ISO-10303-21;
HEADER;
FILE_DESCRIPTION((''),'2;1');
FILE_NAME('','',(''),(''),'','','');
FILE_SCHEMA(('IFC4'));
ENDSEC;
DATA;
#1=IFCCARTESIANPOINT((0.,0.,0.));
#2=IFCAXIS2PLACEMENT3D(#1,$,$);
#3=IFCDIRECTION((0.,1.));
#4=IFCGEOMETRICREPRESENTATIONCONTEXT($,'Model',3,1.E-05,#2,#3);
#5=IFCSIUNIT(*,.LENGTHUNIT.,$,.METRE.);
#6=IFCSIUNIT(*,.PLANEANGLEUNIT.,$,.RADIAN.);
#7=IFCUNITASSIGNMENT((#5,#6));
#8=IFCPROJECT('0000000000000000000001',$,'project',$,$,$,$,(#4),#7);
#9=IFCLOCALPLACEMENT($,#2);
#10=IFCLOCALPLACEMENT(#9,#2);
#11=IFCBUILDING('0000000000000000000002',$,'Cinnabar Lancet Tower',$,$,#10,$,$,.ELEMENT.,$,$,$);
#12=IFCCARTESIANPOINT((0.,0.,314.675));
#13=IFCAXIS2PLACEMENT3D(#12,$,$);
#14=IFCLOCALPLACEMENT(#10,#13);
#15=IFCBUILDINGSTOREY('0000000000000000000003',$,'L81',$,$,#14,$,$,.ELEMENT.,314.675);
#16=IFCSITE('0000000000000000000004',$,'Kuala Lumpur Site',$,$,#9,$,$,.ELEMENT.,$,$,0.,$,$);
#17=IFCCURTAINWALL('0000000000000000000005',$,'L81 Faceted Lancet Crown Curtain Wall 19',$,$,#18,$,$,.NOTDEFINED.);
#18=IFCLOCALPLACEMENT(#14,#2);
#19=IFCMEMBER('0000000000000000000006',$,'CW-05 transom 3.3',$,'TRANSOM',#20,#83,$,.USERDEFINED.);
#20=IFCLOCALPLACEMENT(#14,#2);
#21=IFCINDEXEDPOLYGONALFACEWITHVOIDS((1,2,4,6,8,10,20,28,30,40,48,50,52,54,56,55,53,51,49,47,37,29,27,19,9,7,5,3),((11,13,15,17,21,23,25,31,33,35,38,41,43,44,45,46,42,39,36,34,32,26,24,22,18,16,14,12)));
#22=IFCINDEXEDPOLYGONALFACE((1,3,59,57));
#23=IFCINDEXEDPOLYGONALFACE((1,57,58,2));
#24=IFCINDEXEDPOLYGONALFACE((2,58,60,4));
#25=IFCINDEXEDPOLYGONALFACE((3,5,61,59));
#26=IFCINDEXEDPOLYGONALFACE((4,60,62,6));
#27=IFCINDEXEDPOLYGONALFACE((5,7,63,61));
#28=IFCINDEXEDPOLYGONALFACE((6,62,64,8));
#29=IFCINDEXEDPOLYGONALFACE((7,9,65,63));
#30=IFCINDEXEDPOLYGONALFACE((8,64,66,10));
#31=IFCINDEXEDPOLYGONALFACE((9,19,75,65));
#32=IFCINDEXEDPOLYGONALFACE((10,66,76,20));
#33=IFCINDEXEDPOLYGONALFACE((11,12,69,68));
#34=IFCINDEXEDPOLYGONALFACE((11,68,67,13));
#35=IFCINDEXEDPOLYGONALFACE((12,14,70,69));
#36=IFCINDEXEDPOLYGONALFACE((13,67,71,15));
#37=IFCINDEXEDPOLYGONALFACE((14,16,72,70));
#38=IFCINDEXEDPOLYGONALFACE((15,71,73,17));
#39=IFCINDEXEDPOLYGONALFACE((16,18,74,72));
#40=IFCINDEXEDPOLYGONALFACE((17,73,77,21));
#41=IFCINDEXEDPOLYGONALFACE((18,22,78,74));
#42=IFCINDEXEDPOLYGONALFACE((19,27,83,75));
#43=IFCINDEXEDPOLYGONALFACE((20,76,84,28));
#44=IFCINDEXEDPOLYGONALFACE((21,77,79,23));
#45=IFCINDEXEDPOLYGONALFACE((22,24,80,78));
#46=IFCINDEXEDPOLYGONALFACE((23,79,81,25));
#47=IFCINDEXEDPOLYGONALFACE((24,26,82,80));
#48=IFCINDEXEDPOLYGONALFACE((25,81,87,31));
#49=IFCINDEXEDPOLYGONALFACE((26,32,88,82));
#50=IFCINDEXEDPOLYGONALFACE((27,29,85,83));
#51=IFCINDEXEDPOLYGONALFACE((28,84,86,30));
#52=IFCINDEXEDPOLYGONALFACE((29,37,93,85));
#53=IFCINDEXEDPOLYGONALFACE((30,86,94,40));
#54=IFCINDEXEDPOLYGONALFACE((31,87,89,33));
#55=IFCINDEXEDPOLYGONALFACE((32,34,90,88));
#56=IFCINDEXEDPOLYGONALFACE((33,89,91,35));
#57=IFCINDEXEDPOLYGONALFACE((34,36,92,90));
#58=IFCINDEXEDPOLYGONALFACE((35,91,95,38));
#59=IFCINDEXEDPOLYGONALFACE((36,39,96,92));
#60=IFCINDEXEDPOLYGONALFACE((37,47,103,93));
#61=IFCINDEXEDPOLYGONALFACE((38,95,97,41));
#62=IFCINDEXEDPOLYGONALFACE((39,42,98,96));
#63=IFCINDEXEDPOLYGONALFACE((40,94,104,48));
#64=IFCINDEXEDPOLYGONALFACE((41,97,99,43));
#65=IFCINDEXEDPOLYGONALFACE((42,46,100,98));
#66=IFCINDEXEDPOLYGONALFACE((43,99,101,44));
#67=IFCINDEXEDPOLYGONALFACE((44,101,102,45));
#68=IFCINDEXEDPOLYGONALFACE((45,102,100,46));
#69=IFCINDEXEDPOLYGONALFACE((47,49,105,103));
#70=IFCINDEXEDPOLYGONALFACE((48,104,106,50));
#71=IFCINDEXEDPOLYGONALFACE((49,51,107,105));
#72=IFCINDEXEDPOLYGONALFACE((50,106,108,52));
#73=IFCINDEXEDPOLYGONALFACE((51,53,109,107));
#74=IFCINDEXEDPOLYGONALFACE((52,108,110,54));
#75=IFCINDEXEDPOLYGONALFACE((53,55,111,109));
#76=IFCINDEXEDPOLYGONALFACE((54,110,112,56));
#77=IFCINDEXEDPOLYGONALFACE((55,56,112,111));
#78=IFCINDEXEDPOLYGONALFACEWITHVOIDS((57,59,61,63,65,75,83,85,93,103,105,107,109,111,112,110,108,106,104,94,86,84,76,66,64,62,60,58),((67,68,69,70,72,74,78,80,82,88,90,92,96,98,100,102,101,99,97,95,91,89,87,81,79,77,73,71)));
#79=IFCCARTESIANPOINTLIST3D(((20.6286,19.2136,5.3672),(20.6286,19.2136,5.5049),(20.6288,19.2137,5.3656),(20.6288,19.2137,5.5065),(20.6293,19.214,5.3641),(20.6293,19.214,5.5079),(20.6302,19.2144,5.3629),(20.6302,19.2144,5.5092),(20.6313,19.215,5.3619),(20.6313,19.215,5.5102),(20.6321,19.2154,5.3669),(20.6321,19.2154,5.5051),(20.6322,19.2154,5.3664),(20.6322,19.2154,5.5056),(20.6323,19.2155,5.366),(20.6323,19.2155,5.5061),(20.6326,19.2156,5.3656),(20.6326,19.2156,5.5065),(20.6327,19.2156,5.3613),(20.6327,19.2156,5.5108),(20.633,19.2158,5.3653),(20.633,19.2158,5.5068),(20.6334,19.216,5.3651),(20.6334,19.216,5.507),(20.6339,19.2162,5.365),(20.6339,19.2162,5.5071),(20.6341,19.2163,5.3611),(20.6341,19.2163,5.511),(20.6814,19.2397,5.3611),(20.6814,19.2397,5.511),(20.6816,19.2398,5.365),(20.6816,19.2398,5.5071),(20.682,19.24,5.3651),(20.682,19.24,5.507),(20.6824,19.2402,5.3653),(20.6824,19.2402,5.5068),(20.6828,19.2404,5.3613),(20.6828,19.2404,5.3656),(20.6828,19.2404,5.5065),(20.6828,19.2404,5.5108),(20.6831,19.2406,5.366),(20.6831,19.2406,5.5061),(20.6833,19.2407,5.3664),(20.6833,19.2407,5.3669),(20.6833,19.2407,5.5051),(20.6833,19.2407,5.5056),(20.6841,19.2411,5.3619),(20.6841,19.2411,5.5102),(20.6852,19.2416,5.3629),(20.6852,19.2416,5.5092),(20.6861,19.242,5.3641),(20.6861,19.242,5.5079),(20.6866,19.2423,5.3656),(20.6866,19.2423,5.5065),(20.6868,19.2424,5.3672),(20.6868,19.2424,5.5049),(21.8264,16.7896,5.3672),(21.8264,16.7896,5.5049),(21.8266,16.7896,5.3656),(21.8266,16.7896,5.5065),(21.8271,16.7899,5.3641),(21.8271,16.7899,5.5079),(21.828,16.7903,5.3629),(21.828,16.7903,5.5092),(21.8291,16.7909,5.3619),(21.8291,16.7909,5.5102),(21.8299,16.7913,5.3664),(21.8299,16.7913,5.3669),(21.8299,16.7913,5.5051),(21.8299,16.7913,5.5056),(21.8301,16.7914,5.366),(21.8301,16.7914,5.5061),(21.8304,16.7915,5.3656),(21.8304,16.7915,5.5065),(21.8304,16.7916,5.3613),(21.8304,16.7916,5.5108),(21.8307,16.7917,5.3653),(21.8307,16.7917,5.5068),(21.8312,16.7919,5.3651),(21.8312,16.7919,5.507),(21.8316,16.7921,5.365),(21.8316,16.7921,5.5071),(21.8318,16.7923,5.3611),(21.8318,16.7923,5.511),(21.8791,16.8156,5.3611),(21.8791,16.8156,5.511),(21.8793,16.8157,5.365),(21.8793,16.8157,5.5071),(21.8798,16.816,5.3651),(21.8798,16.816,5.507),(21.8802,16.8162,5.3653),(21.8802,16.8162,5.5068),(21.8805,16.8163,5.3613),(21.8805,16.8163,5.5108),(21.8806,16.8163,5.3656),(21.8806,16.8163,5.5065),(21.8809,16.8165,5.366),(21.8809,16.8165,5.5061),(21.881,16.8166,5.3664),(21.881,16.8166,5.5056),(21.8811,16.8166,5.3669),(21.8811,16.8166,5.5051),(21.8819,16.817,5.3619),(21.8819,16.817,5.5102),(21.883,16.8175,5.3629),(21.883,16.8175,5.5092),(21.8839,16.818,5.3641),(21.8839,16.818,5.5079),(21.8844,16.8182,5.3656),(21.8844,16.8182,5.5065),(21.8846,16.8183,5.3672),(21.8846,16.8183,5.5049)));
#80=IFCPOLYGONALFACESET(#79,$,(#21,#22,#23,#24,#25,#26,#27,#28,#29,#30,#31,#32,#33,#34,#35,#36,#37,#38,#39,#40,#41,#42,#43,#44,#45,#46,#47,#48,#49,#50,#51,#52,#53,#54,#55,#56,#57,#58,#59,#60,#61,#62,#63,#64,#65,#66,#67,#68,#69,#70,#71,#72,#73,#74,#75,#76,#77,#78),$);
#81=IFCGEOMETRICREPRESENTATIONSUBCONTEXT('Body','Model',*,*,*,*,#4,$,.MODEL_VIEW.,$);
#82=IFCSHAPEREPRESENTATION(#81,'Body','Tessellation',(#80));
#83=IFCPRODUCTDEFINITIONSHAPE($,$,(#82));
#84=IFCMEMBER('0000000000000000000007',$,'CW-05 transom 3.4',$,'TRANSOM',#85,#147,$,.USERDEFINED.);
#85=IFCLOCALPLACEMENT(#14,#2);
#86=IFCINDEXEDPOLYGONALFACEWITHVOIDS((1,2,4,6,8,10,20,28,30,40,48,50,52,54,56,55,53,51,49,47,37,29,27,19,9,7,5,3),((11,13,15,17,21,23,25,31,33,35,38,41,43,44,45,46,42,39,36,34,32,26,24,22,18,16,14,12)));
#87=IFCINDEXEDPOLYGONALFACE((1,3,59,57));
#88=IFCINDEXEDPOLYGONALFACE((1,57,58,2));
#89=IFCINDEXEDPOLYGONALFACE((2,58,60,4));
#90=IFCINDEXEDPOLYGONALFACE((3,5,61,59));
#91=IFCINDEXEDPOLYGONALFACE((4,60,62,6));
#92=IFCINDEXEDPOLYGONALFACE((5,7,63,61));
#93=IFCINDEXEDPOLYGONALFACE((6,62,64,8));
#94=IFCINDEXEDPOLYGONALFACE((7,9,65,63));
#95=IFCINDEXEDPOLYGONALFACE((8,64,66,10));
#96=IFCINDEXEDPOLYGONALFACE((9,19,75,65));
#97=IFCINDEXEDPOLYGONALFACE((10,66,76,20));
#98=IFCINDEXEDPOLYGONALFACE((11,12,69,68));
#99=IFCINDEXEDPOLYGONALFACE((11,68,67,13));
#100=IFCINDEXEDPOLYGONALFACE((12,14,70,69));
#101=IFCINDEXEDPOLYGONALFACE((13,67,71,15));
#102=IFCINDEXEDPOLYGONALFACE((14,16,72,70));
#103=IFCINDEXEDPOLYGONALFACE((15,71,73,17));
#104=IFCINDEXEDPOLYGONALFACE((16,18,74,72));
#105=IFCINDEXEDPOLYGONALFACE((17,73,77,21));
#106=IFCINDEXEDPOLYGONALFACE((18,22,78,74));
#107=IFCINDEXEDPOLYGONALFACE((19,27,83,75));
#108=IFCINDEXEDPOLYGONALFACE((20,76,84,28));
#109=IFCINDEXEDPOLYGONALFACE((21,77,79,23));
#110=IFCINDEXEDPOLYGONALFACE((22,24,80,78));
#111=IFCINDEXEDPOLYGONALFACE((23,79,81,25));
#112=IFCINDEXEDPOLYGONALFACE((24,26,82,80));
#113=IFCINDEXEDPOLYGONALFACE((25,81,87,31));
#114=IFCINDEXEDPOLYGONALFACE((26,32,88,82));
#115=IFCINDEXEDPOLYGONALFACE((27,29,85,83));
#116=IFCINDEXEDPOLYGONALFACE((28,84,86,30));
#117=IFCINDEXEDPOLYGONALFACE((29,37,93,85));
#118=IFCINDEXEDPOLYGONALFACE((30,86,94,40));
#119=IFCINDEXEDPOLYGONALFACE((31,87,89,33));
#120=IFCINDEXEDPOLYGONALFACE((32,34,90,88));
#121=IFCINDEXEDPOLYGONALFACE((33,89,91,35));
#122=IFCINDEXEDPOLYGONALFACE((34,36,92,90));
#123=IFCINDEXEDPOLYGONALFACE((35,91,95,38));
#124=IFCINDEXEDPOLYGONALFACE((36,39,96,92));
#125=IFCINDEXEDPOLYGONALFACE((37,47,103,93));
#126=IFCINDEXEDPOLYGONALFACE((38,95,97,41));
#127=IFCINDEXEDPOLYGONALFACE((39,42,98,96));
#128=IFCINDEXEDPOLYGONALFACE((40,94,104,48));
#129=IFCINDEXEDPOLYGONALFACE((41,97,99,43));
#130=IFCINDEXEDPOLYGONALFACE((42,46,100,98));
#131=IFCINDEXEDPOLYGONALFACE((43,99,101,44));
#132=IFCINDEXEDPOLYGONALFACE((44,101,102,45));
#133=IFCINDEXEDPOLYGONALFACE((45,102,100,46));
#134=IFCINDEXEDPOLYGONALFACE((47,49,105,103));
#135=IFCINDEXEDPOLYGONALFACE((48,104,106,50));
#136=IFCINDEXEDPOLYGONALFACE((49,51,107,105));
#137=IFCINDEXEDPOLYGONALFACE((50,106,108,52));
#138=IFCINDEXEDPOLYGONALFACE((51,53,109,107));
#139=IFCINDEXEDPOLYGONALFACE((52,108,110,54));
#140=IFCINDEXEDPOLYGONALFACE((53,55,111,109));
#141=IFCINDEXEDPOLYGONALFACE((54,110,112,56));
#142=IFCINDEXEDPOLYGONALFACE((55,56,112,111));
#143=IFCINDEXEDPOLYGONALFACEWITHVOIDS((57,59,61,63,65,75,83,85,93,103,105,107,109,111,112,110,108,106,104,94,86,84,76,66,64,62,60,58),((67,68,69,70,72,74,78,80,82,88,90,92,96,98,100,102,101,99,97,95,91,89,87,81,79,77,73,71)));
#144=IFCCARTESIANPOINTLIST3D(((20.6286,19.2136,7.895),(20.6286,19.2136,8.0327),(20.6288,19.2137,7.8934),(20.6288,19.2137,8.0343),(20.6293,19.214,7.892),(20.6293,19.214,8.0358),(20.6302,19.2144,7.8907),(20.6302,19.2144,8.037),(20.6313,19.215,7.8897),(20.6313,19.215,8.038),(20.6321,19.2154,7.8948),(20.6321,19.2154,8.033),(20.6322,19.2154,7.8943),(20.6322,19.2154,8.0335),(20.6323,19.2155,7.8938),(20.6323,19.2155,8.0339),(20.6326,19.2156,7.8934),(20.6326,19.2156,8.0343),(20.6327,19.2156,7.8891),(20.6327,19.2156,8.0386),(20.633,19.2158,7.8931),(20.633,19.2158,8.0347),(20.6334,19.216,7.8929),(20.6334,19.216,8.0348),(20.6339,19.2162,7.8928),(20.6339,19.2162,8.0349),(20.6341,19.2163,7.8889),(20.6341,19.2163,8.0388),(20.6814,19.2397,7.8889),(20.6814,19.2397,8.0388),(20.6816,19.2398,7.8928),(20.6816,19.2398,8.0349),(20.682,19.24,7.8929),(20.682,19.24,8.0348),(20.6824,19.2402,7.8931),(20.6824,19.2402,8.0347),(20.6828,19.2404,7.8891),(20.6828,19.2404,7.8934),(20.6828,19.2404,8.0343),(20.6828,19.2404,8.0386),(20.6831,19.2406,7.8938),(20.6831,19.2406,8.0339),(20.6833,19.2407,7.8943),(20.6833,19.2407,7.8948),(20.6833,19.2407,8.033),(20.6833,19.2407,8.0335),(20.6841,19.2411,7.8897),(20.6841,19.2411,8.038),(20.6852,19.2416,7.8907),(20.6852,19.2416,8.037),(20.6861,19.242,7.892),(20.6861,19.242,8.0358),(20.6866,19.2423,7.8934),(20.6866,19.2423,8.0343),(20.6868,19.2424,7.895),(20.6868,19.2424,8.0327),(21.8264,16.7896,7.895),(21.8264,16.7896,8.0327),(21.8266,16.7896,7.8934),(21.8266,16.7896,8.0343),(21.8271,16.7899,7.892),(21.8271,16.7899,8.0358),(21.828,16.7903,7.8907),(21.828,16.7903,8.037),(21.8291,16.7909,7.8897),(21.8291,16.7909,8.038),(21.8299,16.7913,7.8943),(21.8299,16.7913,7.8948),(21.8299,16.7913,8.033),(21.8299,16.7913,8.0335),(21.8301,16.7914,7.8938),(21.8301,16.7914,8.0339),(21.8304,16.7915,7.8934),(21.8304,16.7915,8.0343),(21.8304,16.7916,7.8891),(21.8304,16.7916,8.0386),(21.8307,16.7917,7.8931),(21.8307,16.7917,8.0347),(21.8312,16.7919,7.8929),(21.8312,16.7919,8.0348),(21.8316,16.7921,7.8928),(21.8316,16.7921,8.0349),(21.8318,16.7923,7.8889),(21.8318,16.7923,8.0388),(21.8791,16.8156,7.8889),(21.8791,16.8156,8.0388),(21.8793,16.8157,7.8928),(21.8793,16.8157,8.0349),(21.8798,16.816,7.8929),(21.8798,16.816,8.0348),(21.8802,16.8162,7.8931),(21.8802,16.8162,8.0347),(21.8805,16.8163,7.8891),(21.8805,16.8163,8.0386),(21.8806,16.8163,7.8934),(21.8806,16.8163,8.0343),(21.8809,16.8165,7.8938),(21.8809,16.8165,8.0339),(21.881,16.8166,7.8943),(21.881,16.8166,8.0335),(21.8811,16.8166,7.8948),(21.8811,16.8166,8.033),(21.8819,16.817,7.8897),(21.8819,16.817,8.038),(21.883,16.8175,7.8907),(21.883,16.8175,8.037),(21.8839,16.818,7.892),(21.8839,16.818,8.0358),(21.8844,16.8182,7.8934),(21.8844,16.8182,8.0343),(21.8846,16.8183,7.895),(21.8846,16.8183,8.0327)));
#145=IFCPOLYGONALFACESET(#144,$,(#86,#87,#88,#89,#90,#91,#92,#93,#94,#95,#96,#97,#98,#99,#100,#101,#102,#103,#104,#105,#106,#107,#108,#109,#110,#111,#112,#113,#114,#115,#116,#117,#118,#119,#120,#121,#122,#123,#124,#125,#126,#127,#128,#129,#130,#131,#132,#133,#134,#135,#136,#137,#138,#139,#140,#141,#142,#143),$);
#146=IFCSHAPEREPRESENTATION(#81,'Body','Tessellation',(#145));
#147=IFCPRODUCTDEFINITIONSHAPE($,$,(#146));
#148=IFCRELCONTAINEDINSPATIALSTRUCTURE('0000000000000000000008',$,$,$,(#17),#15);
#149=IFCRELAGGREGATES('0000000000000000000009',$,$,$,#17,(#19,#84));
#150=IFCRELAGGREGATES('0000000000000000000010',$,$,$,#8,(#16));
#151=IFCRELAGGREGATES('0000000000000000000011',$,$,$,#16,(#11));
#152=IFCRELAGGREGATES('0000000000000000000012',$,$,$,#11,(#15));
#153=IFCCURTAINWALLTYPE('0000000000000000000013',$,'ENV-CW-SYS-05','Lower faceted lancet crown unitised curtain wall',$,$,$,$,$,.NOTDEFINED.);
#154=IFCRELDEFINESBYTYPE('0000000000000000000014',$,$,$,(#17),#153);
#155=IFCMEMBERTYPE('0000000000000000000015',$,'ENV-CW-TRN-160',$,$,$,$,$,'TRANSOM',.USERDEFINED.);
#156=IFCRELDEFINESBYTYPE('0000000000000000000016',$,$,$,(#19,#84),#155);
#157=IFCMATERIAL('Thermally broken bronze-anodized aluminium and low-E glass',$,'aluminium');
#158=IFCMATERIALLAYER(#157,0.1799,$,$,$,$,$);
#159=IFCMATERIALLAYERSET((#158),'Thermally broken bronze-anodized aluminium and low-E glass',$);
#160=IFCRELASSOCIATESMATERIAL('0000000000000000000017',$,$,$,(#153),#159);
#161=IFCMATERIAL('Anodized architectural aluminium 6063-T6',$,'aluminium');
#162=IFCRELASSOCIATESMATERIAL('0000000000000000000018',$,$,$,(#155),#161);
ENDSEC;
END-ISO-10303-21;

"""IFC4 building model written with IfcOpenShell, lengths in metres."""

from ifc_helpers import new_model, si_unit, direction, frame, origin, origin_2d, place, context, subcontext, project, spatial, hollow_rectangle, extrude, material, layer, layer_set, material_profile, profile_set, type_object, element, aggregate, save


model = new_model("IFC4")

# Units and contexts
model_context = context("Model", 3, precision=1e-05, world=origin(), true_north=direction((0.0, 1.0)))
body_context = subcontext(model_context, "Body", "Model", "MODEL_VIEW")
ifc_project = project(units=[si_unit("LENGTHUNIT", "METRE"), si_unit("PLANEANGLEUNIT", "RADIAN")], contexts=[model_context])

# Site, building, storey
site_placement = place(None, origin())
site = spatial("IfcSite", under=ifc_project, at=site_placement, Name="Kuala Lumpur Site", CompositionType="ELEMENT", RefElevation=0.0)
building_placement = place(site_placement, origin())
building = spatial("IfcBuilding", under=site, at=building_placement, Name="Cinnabar Lancet Tower", CompositionType="ELEMENT")
storey_placement = place(building_placement, frame((0.0, 0.0, 314.675)))
storey = spatial("IfcBuildingStorey", under=building, at=storey_placement, Name="L81", CompositionType="ELEMENT", Elevation=314.675)

# Curtain wall
ifc_material_1 = material(Name="Thermally broken bronze-anodized aluminium and low-E glass", Category="aluminium")
ifc_layer_1 = layer(ifc_material_1, 0.1799)
ifc_layer_set_1 = layer_set([ifc_layer_1], Name="Thermally broken bronze-anodized aluminium and low-E glass")
curtain_wall_type = type_object("IfcCurtainWallType", Name="ENV-CW-SYS-05", Description="Lower faceted lancet crown unitised curtain wall", PredefinedType="NOTDEFINED", material=ifc_layer_set_1)
curtain_wall_1_placement = place(storey_placement, origin())
curtain_wall_1 = element("IfcCurtainWall", 1, at=curtain_wall_1_placement, inside=storey, type_object=curtain_wall_type, Name="L81 Faceted Lancet Crown Curtain Wall 19", PredefinedType="NOTDEFINED")

# Members
ifc_material_2 = material(Name="Anodized architectural aluminium 6063-T6", Category="aluminium")
ifc_material_profile_1 = material_profile(ifc_material_2, hollow_rectangle(XDim=0.0649, YDim=0.1499, WallThickness=0.0039, InnerFilletRadius=0.002, OuterFilletRadius=0.0061, at=origin_2d()), Name="CW-TRN 150x65x4")
ifc_profile_set_1 = profile_set([ifc_material_profile_1], Name="Anodized architectural aluminium 6063-T6")
member_type_1 = type_object("IfcMemberType", Name="ENV-CW-TRN-160", ElementType="TRANSOM", PredefinedType="USERDEFINED", material=ifc_profile_set_1)
member_1_placement = place(storey_placement, frame((20.6577, 19.228, 5.436), z_axis=(0.442983, -0.89653, 0.0), x_axis=(0.89653, 0.442983, 0.0)))
member_1 = element("IfcMember", 2, at=member_1_placement, type_object=member_type_1, Name="CW-05 transom 3.3", ObjectType="TRANSOM", PredefinedType="USERDEFINED", context=body_context, shape_type="SweptSolid", body=[
    extrude(hollow_rectangle(XDim=0.0649, YDim=0.1499, WallThickness=0.0039, InnerFilletRadius=0.002, OuterFilletRadius=0.0061, at=origin_2d()), origin(), (0.0, 0.0, 1.0), 2.7039),
])
member_2_placement = place(storey_placement, frame((20.6577, 19.228, 7.9639), z_axis=(0.442983, -0.89653, 0.0), x_axis=(0.89653, 0.442983, 0.0)))
member_2 = element("IfcMember", 3, at=member_2_placement, type_object=member_type_1, Name="CW-05 transom 3.4", ObjectType="TRANSOM", PredefinedType="USERDEFINED", context=body_context, shape_type="SweptSolid", body=[
    extrude(hollow_rectangle(XDim=0.0649, YDim=0.1499, WallThickness=0.0039, InnerFilletRadius=0.002, OuterFilletRadius=0.0061, at=origin_2d()), origin(), (0.0, 0.0, 1.0), 2.7039),
])

aggregate(curtain_wall_1, [member_1, member_2])

save(model, "model.ifc")
